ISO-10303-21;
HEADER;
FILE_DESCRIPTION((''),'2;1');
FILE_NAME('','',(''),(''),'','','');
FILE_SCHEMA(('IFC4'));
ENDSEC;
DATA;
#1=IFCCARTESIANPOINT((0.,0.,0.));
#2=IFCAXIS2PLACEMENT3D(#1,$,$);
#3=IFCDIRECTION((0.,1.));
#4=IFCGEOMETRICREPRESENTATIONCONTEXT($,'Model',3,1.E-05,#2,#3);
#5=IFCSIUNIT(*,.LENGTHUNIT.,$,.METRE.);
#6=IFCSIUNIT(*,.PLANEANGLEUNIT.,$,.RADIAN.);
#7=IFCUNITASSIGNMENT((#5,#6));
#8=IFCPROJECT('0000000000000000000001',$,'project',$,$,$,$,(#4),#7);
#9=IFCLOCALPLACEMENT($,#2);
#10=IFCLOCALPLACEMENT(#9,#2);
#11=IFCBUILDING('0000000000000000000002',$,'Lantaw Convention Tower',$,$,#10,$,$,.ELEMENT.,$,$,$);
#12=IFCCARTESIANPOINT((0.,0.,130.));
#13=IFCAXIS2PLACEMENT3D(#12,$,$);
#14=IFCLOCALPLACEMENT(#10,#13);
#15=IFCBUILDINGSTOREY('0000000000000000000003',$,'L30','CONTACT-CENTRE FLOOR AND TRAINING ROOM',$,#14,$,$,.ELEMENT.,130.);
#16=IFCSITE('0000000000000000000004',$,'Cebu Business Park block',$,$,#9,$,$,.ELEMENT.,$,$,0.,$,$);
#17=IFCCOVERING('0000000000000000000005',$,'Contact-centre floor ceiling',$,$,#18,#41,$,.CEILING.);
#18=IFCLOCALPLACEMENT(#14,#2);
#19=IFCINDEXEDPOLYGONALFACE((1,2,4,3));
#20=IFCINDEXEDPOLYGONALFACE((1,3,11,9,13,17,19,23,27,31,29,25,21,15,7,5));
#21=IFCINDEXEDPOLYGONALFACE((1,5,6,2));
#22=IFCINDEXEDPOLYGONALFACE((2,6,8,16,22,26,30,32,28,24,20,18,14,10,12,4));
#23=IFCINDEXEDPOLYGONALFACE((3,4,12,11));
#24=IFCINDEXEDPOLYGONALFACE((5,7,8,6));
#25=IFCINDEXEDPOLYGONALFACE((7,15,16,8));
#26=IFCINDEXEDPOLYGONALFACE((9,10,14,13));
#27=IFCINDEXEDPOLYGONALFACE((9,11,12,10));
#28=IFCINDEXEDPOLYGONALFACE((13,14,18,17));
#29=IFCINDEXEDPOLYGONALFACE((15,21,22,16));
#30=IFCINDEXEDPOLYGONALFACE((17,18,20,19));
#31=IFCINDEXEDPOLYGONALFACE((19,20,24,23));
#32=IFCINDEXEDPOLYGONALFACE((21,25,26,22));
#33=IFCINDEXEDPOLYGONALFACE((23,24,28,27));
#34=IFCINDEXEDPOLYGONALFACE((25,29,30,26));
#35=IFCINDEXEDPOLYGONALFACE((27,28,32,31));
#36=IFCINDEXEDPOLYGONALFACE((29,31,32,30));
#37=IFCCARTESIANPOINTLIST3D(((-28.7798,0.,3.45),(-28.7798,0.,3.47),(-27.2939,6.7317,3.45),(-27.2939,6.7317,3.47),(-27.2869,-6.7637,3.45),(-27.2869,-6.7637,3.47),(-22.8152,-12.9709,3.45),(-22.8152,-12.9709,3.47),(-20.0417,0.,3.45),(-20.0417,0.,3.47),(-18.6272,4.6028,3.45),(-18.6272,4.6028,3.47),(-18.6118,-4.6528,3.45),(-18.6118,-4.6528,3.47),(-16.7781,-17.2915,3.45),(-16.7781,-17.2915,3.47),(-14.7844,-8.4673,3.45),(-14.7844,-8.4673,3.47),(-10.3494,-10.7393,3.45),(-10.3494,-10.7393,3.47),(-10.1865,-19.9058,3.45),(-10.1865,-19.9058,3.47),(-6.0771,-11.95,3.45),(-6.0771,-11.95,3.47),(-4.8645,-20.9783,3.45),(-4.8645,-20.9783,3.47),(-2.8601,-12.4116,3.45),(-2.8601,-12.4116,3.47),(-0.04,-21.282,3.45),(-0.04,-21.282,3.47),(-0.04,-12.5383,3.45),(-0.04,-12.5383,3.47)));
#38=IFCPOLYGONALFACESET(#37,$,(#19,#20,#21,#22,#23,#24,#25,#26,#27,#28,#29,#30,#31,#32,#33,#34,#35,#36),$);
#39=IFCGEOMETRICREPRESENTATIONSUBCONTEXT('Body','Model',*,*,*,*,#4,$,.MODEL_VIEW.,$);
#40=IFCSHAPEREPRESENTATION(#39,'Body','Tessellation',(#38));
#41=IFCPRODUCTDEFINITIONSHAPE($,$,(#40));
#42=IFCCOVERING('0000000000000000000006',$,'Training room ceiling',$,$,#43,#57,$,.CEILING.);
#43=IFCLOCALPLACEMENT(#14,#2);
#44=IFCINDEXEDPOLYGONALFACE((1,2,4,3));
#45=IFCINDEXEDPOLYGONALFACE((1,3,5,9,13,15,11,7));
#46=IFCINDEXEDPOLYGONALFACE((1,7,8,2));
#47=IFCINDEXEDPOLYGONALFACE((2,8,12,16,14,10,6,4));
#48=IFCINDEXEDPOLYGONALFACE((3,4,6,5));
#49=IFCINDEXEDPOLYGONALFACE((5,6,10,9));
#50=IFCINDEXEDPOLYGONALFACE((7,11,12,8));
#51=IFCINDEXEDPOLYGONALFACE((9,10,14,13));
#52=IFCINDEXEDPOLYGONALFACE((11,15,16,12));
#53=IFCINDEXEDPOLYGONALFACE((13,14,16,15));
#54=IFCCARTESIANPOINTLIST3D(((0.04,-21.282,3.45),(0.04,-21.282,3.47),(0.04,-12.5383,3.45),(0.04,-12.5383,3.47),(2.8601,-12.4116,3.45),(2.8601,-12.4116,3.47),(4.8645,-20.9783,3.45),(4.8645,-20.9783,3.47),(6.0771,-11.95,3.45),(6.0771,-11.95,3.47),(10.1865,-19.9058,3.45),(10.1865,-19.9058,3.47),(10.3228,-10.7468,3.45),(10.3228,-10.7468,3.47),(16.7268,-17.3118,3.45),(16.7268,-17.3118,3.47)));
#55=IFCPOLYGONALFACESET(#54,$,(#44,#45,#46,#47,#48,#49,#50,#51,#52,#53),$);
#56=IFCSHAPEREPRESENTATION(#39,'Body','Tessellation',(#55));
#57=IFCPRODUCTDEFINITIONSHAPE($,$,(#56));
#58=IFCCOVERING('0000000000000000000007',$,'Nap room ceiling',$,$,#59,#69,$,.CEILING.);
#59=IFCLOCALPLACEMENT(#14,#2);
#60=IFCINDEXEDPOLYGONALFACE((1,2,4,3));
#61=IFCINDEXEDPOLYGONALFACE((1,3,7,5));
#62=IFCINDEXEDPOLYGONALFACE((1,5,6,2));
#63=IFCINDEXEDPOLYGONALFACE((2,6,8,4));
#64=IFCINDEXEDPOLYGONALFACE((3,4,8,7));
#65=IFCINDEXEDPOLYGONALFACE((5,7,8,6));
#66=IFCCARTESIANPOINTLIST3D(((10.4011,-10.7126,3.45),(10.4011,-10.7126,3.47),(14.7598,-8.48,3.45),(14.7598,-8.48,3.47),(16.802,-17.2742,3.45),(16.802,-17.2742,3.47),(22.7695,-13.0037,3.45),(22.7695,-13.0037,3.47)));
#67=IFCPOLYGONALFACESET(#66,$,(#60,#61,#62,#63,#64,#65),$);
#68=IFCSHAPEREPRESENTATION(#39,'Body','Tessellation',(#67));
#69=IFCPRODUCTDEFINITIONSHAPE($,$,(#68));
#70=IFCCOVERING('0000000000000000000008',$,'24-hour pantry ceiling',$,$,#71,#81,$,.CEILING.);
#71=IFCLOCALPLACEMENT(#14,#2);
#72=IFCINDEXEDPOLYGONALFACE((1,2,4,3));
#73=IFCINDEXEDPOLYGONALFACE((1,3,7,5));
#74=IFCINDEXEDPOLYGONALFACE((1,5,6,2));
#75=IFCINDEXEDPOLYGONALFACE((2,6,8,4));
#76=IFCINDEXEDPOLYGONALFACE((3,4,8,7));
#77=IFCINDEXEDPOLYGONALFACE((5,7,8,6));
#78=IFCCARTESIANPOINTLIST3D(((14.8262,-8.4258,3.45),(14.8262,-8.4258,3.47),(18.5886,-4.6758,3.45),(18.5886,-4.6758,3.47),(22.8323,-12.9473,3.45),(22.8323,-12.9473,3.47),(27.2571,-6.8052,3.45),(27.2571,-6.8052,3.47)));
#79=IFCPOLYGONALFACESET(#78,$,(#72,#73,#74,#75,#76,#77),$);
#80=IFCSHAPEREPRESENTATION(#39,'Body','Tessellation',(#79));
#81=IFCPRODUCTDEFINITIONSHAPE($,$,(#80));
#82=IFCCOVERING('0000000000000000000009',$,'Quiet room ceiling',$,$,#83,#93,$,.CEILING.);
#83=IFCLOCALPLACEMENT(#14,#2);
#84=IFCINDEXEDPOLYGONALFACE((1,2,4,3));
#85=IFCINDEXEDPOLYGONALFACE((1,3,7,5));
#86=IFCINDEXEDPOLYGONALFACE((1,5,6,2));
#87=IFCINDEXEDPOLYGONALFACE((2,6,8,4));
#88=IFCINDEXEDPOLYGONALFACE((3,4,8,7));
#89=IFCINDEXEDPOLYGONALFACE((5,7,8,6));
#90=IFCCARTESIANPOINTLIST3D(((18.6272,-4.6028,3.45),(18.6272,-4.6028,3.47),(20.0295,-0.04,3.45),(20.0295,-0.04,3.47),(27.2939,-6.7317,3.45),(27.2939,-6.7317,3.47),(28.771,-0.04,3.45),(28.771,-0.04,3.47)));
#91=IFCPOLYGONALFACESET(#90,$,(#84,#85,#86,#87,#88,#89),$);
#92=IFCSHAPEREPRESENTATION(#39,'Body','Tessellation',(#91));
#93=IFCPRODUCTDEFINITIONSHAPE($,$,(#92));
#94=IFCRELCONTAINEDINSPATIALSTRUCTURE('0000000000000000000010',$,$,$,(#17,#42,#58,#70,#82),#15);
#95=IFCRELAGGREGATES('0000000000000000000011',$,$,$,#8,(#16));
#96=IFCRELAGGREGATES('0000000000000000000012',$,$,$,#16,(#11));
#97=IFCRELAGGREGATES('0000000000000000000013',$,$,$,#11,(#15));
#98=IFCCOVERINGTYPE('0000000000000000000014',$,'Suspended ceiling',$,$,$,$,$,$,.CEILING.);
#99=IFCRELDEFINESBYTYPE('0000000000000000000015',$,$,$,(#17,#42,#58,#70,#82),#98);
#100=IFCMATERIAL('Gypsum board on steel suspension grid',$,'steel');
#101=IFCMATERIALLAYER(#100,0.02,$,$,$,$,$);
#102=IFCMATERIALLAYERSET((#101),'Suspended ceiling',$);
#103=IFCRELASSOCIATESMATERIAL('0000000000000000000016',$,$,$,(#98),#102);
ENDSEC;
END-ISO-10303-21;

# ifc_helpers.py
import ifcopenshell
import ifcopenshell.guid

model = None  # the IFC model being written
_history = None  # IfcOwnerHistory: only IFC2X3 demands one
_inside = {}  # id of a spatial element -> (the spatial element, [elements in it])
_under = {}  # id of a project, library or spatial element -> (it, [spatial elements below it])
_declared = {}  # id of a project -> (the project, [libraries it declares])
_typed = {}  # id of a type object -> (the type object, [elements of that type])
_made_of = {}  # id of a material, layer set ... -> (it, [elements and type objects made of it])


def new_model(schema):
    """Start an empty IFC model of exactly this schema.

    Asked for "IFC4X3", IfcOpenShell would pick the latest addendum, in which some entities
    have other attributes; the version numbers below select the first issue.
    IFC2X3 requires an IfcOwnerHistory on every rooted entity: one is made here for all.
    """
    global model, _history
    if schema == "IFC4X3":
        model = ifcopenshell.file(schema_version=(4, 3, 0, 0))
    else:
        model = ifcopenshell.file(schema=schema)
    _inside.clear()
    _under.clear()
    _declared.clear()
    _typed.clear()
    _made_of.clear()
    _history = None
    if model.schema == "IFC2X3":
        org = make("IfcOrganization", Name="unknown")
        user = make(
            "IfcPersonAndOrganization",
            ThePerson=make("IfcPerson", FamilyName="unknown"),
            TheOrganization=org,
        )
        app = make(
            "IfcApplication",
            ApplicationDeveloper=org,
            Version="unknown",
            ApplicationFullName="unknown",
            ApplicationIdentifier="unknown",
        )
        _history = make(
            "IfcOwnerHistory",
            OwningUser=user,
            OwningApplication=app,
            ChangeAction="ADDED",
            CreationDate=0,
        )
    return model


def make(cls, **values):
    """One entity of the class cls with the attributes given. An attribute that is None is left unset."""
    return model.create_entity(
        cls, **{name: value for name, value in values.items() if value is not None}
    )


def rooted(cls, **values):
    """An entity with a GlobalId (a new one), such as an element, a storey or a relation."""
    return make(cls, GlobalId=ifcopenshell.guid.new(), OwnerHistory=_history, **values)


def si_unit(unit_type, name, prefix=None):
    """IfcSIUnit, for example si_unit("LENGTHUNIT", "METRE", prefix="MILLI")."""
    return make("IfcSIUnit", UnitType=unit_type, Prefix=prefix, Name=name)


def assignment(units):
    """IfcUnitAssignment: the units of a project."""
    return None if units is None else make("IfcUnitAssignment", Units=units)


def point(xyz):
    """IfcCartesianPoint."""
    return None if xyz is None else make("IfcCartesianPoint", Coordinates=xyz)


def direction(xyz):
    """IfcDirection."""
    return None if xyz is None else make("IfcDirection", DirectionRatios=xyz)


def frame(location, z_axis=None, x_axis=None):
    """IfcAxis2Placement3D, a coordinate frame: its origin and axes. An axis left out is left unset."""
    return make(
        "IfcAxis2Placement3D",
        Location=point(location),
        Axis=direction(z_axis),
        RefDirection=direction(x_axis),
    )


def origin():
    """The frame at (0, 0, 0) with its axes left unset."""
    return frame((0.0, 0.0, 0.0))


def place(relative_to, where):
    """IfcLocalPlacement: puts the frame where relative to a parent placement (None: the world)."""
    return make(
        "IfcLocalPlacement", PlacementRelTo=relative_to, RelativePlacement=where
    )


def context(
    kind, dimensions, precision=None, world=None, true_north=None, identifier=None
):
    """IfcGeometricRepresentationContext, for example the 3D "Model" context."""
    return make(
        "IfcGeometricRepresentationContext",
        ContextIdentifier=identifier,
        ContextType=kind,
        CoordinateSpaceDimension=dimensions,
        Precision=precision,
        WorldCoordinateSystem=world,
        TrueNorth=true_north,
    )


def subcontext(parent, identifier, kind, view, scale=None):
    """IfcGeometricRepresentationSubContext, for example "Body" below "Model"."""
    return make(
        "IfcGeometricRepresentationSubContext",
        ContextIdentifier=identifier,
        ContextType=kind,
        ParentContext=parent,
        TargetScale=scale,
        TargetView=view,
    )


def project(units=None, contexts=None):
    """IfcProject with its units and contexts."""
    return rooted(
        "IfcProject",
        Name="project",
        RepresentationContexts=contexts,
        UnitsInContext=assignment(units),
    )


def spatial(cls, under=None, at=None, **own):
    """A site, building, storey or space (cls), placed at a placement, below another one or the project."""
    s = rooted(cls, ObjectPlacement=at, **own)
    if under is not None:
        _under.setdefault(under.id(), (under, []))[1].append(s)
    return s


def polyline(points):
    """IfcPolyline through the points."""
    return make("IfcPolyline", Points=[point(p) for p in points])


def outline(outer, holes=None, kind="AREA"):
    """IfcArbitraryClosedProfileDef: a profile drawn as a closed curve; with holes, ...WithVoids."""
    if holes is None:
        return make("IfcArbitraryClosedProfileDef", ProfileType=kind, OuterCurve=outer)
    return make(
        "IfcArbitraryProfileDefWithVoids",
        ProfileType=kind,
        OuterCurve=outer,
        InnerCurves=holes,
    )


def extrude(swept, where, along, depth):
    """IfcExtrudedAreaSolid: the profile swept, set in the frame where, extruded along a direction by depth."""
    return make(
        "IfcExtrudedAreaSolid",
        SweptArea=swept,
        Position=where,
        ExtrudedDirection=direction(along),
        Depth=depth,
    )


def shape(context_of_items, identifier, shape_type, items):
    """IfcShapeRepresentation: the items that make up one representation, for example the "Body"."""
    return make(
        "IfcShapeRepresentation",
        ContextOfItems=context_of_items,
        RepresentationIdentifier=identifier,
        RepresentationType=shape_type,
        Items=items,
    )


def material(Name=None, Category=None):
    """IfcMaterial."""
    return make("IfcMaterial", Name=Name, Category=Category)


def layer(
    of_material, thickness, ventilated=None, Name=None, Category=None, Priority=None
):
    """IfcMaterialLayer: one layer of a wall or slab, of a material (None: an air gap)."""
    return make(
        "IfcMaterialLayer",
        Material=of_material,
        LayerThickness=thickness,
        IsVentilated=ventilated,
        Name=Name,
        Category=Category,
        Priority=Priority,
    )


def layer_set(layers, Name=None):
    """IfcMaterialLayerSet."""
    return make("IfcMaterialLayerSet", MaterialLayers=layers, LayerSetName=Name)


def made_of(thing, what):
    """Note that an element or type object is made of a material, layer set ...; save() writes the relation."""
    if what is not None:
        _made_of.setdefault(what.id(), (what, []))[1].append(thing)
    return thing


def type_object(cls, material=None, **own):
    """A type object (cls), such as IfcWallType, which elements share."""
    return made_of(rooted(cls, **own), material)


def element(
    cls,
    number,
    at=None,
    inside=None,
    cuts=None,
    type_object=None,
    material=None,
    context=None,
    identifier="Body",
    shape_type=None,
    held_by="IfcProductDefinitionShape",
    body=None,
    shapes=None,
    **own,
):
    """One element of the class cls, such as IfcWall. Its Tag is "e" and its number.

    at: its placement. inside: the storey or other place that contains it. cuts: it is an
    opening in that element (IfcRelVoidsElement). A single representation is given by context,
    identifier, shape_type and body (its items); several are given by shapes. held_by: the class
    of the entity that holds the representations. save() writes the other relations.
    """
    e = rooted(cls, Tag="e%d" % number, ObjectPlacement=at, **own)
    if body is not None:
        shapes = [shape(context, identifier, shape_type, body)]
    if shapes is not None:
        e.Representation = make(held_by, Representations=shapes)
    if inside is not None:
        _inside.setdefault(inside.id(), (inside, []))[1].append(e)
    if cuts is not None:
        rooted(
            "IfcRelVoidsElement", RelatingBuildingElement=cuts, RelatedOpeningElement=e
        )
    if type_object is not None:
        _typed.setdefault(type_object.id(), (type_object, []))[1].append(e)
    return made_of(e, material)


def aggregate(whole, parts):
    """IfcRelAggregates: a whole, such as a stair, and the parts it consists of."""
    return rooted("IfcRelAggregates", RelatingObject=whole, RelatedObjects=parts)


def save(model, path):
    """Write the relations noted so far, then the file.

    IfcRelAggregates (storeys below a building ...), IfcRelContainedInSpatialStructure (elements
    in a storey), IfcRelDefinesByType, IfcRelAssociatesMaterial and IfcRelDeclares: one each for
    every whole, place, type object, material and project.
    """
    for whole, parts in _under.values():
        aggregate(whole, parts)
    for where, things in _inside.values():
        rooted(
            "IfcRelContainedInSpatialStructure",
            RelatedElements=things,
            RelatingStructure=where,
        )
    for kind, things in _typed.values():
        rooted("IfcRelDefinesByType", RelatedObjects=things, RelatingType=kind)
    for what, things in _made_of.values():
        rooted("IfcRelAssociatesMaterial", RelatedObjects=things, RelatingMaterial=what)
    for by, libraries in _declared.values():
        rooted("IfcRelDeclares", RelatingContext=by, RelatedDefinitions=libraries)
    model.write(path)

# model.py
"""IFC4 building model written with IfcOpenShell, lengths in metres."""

from ifc_helpers import new_model, si_unit, direction, frame, origin, place, context, subcontext, project, spatial, polyline, outline, extrude, material, layer, layer_set, type_object, element, save


model = new_model("IFC4")

# Units and contexts
model_context = context("Model", 3, precision=1e-05, world=origin(), true_north=direction((0.0, 1.0)))
body_context = subcontext(model_context, "Body", "Model", "MODEL_VIEW")
ifc_project = project(units=[si_unit("LENGTHUNIT", "METRE"), si_unit("PLANEANGLEUNIT", "RADIAN")], contexts=[model_context])

# Site, building, storey
site_placement = place(None, origin())
site = spatial("IfcSite", under=ifc_project, at=site_placement, Name="Cebu Business Park block", CompositionType="ELEMENT", RefElevation=0.0)
building_placement = place(site_placement, origin())
building = spatial("IfcBuilding", under=site, at=building_placement, Name="Lantaw Convention Tower", CompositionType="ELEMENT")
storey_placement = place(building_placement, frame((0.0, 0.0, 130.0)))
storey = spatial("IfcBuildingStorey", under=building, at=storey_placement, Name="L30", Description="CONTACT-CENTRE FLOOR AND TRAINING ROOM", CompositionType="ELEMENT", Elevation=130.0)

# Coverings
ifc_material_1 = material(Name="Gypsum board on steel suspension grid", Category="steel")
ifc_layer_1 = layer(ifc_material_1, 0.02)
ifc_layer_set_1 = layer_set([ifc_layer_1], Name="Suspended ceiling")
covering_type = type_object("IfcCoveringType", Name="Suspended ceiling", PredefinedType="CEILING", material=ifc_layer_set_1)
covering_1_placement = place(storey_placement, frame((0.0, 0.0, 3.45)))
element("IfcCovering", 1, at=covering_1_placement, inside=storey, type_object=covering_type, Name="Contact-centre floor ceiling", PredefinedType="CEILING", context=body_context, shape_type="SweptSolid", body=[
    extrude(outline(polyline([(-18.6272, 4.6028), (-27.2939, 6.7317), (-28.7798, 0.0), (-27.2869, -6.7637), (-22.8152, -12.9709), (-16.7781, -17.2915), (-10.1865, -19.9058), (-4.8645, -20.9783), (-0.04, -21.282), (-0.04, -12.5383), (-2.8601, -12.4116), (-6.0771, -11.95), (-10.3494, -10.7393), (-14.7844, -8.4673), (-18.6118, -4.6528), (-20.0417, 0.0), (-18.6272, 4.6028)])), origin(), (0.0, 0.0, 1.0), 0.02),
])
covering_2_placement = place(storey_placement, frame((0.0, 0.0, 3.45)))
element("IfcCovering", 2, at=covering_2_placement, inside=storey, type_object=covering_type, Name="Training room ceiling", PredefinedType="CEILING", context=body_context, shape_type="SweptSolid", body=[
    extrude(outline(polyline([(0.04, -12.5383), (0.04, -21.282), (4.8645, -20.9783), (10.1865, -19.9058), (16.7268, -17.3118), (10.3228, -10.7468), (6.0771, -11.95), (2.8601, -12.4116), (0.04, -12.5383)])), origin(), (0.0, 0.0, 1.0), 0.02),
])
covering_3_placement = place(storey_placement, frame((0.0, 0.0, 3.45)))
element("IfcCovering", 3, at=covering_3_placement, inside=storey, type_object=covering_type, Name="Nap room ceiling", PredefinedType="CEILING", context=body_context, shape_type="SweptSolid", body=[
    extrude(outline(polyline([(10.4011, -10.7126), (16.802, -17.2742), (22.7695, -13.0037), (14.7598, -8.48), (10.4011, -10.7126)])), origin(), (0.0, 0.0, 1.0), 0.02),
])
covering_4_placement = place(storey_placement, frame((0.0, 0.0, 3.45)))
element("IfcCovering", 4, at=covering_4_placement, inside=storey, type_object=covering_type, Name="24-hour pantry ceiling", PredefinedType="CEILING", context=body_context, shape_type="SweptSolid", body=[
    extrude(outline(polyline([(14.8262, -8.4258), (22.8323, -12.9473), (27.2571, -6.8052), (18.5886, -4.6758), (14.8262, -8.4258)])), origin(), (0.0, 0.0, 1.0), 0.02),
])
covering_5_placement = place(storey_placement, frame((0.0, 0.0, 3.45)))
element("IfcCovering", 5, at=covering_5_placement, inside=storey, type_object=covering_type, Name="Quiet room ceiling", PredefinedType="CEILING", context=body_context, shape_type="SweptSolid", body=[
    extrude(outline(polyline([(18.6272, -4.6028), (27.2939, -6.7317), (28.771, -0.04), (20.0295, -0.04), (18.6272, -4.6028)])), origin(), (0.0, 0.0, 1.0), 0.02),
])

save(model, "model.ifc")
